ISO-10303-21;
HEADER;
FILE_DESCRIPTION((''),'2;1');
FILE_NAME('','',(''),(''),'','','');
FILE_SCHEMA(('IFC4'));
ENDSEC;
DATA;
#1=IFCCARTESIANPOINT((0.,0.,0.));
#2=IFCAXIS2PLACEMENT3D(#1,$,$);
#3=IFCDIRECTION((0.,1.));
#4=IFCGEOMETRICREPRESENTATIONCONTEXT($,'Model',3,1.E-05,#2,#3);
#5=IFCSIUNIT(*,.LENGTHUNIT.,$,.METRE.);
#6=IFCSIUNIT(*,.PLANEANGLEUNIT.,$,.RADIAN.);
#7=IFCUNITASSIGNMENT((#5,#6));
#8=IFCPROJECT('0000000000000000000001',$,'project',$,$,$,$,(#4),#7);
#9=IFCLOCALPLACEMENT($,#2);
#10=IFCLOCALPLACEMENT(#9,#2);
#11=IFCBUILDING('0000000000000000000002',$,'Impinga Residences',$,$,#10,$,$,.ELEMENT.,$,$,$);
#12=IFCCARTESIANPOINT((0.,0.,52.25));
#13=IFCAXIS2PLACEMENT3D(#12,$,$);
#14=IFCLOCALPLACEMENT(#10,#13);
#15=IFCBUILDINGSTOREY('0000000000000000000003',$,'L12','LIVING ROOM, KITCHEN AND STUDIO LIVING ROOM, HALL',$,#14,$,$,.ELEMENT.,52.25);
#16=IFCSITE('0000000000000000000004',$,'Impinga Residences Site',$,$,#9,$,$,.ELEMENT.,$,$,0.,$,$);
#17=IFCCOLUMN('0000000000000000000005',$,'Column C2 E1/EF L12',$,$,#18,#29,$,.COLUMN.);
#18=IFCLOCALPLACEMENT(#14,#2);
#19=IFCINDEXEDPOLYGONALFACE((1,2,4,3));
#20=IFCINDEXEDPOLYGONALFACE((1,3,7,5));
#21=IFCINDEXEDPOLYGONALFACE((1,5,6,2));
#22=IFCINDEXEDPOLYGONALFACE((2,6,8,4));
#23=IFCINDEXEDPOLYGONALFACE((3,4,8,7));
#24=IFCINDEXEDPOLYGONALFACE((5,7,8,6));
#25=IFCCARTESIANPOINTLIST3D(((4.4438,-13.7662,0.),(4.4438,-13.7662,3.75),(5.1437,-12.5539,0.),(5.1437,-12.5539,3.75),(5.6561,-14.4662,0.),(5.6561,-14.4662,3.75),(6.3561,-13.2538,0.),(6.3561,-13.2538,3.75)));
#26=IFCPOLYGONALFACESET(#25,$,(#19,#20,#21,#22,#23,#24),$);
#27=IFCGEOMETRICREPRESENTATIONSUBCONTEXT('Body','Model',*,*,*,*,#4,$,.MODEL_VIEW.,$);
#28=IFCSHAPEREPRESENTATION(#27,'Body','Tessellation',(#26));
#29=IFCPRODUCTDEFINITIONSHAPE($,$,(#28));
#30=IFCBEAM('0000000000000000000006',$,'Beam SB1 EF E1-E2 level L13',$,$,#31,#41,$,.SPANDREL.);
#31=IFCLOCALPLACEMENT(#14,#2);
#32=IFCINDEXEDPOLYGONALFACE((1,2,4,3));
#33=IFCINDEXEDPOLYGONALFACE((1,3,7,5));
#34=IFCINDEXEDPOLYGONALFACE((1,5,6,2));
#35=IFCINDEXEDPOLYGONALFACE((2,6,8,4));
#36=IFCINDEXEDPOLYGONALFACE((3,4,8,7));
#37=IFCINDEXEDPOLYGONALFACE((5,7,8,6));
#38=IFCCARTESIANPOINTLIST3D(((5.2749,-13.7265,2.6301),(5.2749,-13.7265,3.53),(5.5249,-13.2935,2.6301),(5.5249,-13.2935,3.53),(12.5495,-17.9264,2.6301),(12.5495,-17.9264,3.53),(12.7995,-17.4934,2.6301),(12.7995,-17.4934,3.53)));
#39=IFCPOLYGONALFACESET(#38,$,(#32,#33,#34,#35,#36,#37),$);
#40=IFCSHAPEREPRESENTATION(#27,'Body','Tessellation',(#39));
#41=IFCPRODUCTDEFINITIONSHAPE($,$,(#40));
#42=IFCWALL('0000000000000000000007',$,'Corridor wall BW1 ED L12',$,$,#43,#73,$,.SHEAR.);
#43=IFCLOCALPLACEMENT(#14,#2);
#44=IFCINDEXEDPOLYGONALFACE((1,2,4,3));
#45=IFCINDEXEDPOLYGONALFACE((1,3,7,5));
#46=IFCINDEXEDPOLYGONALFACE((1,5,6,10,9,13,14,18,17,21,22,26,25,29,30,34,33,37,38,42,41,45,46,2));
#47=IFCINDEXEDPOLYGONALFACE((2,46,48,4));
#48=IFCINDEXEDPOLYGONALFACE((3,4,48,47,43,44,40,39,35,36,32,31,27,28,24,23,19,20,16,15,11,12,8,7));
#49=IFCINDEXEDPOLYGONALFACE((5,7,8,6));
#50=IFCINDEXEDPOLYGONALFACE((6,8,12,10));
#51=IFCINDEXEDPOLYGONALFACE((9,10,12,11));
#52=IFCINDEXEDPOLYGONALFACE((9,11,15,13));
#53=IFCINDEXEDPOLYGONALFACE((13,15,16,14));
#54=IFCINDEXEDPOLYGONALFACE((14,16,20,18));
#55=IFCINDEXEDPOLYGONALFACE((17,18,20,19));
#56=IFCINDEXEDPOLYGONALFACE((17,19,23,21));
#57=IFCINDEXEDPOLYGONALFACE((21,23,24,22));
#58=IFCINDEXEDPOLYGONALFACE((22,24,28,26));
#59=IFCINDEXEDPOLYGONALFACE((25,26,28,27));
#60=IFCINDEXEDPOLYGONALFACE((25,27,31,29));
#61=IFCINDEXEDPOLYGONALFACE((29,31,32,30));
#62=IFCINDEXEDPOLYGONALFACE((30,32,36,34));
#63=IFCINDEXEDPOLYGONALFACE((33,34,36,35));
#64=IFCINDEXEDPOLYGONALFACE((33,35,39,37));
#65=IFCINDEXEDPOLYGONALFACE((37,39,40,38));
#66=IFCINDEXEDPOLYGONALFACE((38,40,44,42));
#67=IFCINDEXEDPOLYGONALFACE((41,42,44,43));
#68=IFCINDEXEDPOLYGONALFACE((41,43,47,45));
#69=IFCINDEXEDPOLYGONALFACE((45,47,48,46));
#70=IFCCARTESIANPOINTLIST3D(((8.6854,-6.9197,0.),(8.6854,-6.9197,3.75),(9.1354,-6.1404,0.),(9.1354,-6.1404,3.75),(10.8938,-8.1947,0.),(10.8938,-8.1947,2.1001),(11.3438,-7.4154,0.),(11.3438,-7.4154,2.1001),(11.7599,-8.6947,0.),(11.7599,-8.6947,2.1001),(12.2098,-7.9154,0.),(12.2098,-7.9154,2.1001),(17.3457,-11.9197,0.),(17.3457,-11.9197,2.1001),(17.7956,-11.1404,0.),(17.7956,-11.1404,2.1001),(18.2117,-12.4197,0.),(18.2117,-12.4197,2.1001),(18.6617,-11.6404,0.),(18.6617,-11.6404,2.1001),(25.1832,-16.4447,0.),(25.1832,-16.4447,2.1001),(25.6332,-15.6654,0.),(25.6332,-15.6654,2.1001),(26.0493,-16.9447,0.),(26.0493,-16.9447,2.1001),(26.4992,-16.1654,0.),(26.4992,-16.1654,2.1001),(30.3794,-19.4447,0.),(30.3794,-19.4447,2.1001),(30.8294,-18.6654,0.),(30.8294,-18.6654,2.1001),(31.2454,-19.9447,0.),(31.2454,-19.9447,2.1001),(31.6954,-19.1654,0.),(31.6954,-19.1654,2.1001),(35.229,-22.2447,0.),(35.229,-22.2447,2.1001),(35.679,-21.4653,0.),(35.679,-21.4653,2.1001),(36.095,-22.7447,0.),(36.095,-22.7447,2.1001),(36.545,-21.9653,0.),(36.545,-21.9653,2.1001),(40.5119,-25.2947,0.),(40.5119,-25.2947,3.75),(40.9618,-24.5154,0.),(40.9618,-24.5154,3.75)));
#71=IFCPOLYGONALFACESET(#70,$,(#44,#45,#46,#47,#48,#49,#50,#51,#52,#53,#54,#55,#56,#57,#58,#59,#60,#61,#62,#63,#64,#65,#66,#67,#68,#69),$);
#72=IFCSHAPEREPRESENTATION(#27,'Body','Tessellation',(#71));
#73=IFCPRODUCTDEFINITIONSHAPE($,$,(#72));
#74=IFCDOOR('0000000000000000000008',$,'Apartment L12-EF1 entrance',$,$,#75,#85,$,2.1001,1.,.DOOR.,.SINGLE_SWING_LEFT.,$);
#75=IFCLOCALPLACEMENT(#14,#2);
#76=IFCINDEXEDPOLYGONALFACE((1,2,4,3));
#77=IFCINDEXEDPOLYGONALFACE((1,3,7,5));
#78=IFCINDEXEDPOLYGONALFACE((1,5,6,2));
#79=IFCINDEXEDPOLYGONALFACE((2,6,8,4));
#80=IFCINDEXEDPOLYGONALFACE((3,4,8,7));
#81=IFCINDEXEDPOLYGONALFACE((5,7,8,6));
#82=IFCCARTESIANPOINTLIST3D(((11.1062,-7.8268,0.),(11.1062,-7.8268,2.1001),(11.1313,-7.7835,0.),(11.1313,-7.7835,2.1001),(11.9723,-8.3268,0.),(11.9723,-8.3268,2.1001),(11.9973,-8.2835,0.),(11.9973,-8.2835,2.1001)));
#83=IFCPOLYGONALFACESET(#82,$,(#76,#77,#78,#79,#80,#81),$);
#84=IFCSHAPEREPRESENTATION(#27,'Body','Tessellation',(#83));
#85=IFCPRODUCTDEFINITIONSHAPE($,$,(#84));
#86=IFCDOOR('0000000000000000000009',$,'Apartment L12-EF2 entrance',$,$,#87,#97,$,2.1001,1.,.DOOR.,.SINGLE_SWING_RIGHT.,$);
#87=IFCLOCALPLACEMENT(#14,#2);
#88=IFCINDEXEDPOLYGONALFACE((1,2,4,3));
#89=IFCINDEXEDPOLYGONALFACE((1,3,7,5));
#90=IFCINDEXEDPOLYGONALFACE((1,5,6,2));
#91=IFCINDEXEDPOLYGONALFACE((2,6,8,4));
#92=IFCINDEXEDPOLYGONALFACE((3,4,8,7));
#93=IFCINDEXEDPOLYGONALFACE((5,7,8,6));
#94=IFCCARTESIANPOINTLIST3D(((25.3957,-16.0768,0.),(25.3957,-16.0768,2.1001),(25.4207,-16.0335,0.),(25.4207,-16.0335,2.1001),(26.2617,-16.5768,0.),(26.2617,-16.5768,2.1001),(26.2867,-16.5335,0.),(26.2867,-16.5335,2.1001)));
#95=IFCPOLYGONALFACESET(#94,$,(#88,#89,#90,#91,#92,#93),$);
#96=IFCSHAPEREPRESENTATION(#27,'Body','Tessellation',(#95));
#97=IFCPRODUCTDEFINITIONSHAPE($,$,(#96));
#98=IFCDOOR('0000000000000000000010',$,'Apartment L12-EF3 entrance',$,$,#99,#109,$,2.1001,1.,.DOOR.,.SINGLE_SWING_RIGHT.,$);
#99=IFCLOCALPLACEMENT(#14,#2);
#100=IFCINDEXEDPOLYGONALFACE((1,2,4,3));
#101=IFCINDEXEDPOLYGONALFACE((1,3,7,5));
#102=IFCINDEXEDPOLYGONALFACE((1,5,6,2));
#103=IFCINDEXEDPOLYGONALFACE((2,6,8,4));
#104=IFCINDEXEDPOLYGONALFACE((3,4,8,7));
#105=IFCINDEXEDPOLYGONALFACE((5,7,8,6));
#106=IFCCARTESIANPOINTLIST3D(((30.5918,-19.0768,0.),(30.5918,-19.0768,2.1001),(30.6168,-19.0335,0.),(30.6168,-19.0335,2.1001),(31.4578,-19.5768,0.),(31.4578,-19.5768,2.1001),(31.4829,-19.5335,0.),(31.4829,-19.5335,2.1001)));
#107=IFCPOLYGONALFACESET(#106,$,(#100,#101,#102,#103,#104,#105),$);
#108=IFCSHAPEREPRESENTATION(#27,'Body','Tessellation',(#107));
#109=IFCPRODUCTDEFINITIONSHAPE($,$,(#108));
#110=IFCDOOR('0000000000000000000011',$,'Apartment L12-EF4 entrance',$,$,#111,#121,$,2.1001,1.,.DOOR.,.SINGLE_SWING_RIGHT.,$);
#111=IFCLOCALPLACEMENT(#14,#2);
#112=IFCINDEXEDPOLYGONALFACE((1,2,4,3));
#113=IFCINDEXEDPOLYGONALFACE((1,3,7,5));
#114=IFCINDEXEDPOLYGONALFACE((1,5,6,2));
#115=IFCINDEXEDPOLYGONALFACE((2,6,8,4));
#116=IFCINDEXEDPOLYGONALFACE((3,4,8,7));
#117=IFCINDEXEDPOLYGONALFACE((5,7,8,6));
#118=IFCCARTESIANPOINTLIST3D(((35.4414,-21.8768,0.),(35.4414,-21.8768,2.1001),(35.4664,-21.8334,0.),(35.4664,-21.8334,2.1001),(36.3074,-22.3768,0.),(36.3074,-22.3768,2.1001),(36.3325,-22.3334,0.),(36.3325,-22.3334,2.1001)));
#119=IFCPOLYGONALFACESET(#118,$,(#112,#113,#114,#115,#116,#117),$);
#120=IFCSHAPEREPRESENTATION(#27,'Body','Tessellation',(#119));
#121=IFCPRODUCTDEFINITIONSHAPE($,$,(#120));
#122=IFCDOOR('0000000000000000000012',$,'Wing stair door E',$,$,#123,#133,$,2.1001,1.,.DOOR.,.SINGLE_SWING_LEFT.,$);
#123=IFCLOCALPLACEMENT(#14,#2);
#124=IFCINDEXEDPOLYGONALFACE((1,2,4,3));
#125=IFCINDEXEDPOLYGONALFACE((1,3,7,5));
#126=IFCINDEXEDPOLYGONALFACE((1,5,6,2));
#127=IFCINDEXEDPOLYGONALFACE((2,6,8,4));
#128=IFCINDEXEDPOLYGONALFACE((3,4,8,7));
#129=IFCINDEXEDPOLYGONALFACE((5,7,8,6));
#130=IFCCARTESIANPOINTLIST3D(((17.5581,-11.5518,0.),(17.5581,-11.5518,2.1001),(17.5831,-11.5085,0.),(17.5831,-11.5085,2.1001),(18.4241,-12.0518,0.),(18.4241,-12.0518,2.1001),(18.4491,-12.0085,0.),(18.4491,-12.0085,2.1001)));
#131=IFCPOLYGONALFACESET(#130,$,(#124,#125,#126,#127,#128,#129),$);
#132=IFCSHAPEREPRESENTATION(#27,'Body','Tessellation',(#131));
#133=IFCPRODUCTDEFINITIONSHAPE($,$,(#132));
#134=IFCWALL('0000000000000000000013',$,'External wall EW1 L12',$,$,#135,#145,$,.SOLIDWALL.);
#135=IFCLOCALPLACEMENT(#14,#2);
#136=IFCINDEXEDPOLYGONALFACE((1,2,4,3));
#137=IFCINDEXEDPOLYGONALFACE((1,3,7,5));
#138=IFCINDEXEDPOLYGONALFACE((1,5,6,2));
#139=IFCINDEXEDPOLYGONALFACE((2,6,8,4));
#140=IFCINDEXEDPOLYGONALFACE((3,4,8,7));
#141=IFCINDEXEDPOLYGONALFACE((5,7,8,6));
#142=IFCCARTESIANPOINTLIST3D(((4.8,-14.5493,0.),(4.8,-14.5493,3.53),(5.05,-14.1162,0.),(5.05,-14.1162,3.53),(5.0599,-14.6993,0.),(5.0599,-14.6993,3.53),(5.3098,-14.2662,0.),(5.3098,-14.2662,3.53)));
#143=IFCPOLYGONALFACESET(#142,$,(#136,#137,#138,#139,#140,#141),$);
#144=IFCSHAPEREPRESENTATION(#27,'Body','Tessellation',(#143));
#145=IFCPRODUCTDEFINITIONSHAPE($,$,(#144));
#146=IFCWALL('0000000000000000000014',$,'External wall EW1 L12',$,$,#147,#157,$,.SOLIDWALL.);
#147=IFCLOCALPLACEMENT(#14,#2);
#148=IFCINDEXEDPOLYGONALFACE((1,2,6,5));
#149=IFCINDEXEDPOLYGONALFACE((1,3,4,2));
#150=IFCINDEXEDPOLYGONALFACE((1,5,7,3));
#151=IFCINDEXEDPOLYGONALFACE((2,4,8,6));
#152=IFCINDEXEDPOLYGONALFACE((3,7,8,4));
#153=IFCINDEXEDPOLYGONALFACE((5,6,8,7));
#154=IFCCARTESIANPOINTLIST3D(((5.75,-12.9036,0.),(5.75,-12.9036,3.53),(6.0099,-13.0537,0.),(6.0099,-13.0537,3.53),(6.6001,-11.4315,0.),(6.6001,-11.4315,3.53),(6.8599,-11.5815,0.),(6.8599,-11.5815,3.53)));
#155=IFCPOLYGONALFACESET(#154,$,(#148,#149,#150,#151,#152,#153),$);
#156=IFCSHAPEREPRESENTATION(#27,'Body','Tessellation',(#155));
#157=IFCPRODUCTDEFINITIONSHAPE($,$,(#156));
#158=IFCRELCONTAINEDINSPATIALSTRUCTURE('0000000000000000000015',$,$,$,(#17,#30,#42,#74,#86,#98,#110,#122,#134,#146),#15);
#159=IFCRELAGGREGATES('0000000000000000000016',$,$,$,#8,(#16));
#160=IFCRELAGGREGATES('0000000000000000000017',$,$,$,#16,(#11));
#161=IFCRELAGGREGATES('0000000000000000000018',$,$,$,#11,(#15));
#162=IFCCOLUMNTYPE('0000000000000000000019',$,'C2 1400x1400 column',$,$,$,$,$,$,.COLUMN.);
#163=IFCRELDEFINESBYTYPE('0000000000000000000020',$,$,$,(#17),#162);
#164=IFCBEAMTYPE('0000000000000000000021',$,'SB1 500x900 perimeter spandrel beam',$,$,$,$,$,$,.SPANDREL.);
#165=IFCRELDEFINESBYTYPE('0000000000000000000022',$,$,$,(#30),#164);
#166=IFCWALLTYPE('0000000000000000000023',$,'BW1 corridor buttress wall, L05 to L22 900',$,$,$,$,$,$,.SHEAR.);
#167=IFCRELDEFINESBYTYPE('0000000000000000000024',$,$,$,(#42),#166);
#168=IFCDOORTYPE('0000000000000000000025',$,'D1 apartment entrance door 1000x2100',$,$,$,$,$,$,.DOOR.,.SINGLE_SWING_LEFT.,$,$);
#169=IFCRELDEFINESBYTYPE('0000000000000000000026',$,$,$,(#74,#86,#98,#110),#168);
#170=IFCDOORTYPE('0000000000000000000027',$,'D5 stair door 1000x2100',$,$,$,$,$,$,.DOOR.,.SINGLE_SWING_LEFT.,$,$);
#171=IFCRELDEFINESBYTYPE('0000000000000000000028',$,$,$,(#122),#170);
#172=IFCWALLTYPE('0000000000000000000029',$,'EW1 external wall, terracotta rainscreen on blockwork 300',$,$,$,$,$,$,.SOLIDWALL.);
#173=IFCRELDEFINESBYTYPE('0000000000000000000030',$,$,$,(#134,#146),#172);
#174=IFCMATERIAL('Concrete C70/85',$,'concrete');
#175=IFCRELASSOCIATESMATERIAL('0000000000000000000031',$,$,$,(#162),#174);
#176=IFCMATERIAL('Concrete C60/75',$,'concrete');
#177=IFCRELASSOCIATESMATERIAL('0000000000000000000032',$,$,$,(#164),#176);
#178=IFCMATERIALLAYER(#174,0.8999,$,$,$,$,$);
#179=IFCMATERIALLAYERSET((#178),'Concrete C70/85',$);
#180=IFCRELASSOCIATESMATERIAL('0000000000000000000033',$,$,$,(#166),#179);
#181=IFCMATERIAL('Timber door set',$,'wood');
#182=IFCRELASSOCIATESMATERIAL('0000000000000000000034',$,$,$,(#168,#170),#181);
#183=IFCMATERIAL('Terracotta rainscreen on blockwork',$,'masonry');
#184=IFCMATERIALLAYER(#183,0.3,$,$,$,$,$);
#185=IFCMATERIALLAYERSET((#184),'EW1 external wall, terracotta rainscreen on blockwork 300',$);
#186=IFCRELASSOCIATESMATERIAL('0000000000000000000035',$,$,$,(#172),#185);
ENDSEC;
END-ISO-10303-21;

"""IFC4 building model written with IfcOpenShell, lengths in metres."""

from ifc_helpers import new_model, si_unit, direction, frame, frame_2d, origin, origin_2d, place, context, subcontext, project, spatial, rectangle, extrude, material, layer, layer_set, material_profile, profile_set, type_object, element, fill, save


model = new_model("IFC4")

# Units and contexts
model_context = context("Model", 3, precision=1e-05, world=origin(), true_north=direction((0.0, 1.0)))
body_context = subcontext(model_context, "Body", "Model", "MODEL_VIEW")
ifc_project = project(units=[si_unit("LENGTHUNIT", "METRE"), si_unit("PLANEANGLEUNIT", "RADIAN")], contexts=[model_context])

# Site, building, storey
site_placement = place(None, origin())
site = spatial("IfcSite", under=ifc_project, at=site_placement, Name="Impinga Residences Site", CompositionType="ELEMENT", RefElevation=0.0)
building_placement = place(site_placement, origin())
building = spatial("IfcBuilding", under=site, at=building_placement, Name="Impinga Residences", CompositionType="ELEMENT")
storey_placement = place(building_placement, frame((0.0, 0.0, 52.25)))
storey = spatial("IfcBuildingStorey", under=building, at=storey_placement, Name="L12", Description="LIVING ROOM, KITCHEN AND STUDIO LIVING ROOM, HALL", CompositionType="ELEMENT", Elevation=52.25)

# Column
ifc_material_1 = material(Name="Concrete C70/85", Category="concrete")
ifc_material_profile_1 = material_profile(ifc_material_1, rectangle(XDim=1.3999, YDim=1.3999, at=origin_2d()), Name="RC 1400x1400")
ifc_profile_set_1 = profile_set([ifc_material_profile_1], Name="Concrete C70/85")
column_type = type_object("IfcColumnType", Name="C2 1400x1400 column", PredefinedType="COLUMN", material=ifc_profile_set_1)
column_placement = place(storey_placement, frame((5.3999, -13.51, 0.0), z_axis=(0.0, 0.0, 1.0), x_axis=(-0.5, -0.866025, 0.0)))
element("IfcColumn", 1, at=column_placement, inside=storey, type_object=column_type, Name="Column C2 E1/EF L12", PredefinedType="COLUMN", context=body_context, shape_type="SweptSolid", body=[
    extrude(rectangle(XDim=1.3999, YDim=1.3999, at=origin_2d()), origin(), (0.0, 0.0, 1.0), 3.75),
])

# Beam
ifc_material_2 = material(Name="Concrete C60/75", Category="concrete")
ifc_material_profile_2 = material_profile(ifc_material_2, rectangle(XDim=0.5, YDim=0.8999, at=origin_2d()), Name="RC 500x900")
ifc_profile_set_2 = profile_set([ifc_material_profile_2], Name="Concrete C60/75")
beam_type = type_object("IfcBeamType", Name="SB1 500x900 perimeter spandrel beam", PredefinedType="SPANDREL", material=ifc_profile_set_2)
beam_placement = place(storey_placement, frame((5.3999, -13.51, 3.0801), z_axis=(0.866029, -0.499993, 0.0), x_axis=(0.499993, 0.866029, 0.0)))
element("IfcBeam", 2, at=beam_placement, inside=storey, type_object=beam_type, Name="Beam SB1 EF E1-E2 level L13", PredefinedType="SPANDREL", context=body_context, shape_type="SweptSolid", body=[
    extrude(rectangle(XDim=0.5, YDim=0.8999, at=origin_2d()), origin(), (0.0, 0.0, 1.0), 8.3999),
])

# Wall, openings, doors
ifc_layer_1 = layer(ifc_material_1, 0.8999)
ifc_layer_set_1 = layer_set([ifc_layer_1], Name="Concrete C70/85")
wall_type_1 = type_object("IfcWallType", Name="BW1 corridor buttress wall, L05 to L22 900", PredefinedType="SHEAR", material=ifc_layer_set_1)
wall_1_placement = place(storey_placement, frame((8.9104, -6.53, 0.0), z_axis=(0.0, 0.0, 1.0), x_axis=(0.866025, -0.5, 0.0)))
wall_1 = element("IfcWall", 3, at=wall_1_placement, inside=storey, type_object=wall_type_1, Name="Corridor wall BW1 ED L12", PredefinedType="SHEAR", context=body_context, shape_type="SweptSolid", body=[
    extrude(rectangle(XDim=36.75, YDim=0.8999, at=frame_2d((18.375, 0.0))), origin(), (0.0, 0.0, 1.0), 3.75),
])
opening_1_placement = place(wall_1_placement, frame((10.0, 0.0, 0.0)))
opening_1 = element("IfcOpeningElement", 4, at=opening_1_placement, cuts=wall_1, PredefinedType="OPENING", context=body_context, shape_type="SweptSolid", body=[
    extrude(rectangle(XDim=1.0, YDim=2.1001, at=frame_2d((0.5, 1.05))), frame((0.0, 0.46, 0.0), z_axis=(0.0, -1.0, 0.0), x_axis=(1.0, 0.0, 0.0)), (0.0, 0.0, 1.0), 0.9199),
])
opening_2_placement = place(wall_1_placement, frame((2.55, 0.0, 0.0)))
opening_2 = element("IfcOpeningElement", 5, at=opening_2_placement, cuts=wall_1, PredefinedType="OPENING", context=body_context, shape_type="SweptSolid", body=[
    extrude(rectangle(XDim=1.0, YDim=2.1001, at=frame_2d((0.5, 1.05))), frame((0.0, 0.46, 0.0), z_axis=(0.0, -1.0, 0.0), x_axis=(1.0, 0.0, 0.0)), (0.0, 0.0, 1.0), 0.9199),
])
opening_3_placement = place(wall_1_placement, frame((19.05, 0.0, 0.0)))
opening_3 = element("IfcOpeningElement", 6, at=opening_3_placement, cuts=wall_1, PredefinedType="OPENING", context=body_context, shape_type="SweptSolid", body=[
    extrude(rectangle(XDim=1.0, YDim=2.1001, at=frame_2d((0.5, 1.05))), frame((0.0, 0.46, 0.0), z_axis=(0.0, -1.0, 0.0), x_axis=(1.0, 0.0, 0.0)), (0.0, 0.0, 1.0), 0.9199),
])
opening_4_placement = place(wall_1_placement, frame((25.05, 0.0, 0.0)))
opening_4 = element("IfcOpeningElement", 7, at=opening_4_placement, cuts=wall_1, PredefinedType="OPENING", context=body_context, shape_type="SweptSolid", body=[
    extrude(rectangle(XDim=1.0, YDim=2.1001, at=frame_2d((0.5, 1.05))), frame((0.0, 0.46, 0.0), z_axis=(0.0, -1.0, 0.0), x_axis=(1.0, 0.0, 0.0)), (0.0, 0.0, 1.0), 0.9199),
])
opening_5_placement = place(wall_1_placement, frame((30.6499, 0.0, 0.0)))
opening_5 = element("IfcOpeningElement", 8, at=opening_5_placement, cuts=wall_1, PredefinedType="OPENING", context=body_context, shape_type="SweptSolid", body=[
    extrude(rectangle(XDim=1.0, YDim=2.1001, at=frame_2d((0.5, 1.05))), frame((0.0, 0.46, 0.0), z_axis=(0.0, -1.0, 0.0), x_axis=(1.0, 0.0, 0.0)), (0.0, 0.0, 1.0), 0.9199),
])
ifc_material_3 = material(Name="Timber door set", Category="wood")
door_type_1 = type_object("IfcDoorType", Name="D1 apartment entrance door 1000x2100", OperationType="SINGLE_SWING_LEFT", PredefinedType="DOOR", material=ifc_material_3)
door_1_placement = place(opening_2_placement, origin())
door_1 = element("IfcDoor", 9, at=door_1_placement, inside=storey, type_object=door_type_1, Name="Apartment L12-EF1 entrance", OperationType="SINGLE_SWING_LEFT", OverallHeight=2.1001, OverallWidth=1.0, PredefinedType="DOOR", context=body_context, shape_type="SweptSolid", body=[
    extrude(rectangle(XDim=1.0, YDim=2.1001, at=frame_2d((0.5, 1.05))), frame((0.0, 0.0249, 0.0), z_axis=(0.0, -1.0, 0.0), x_axis=(1.0, 0.0, 0.0)), (0.0, 0.0, 1.0), 0.05),
])
fill(opening_2, door_1)
door_2_placement = place(opening_3_placement, origin())
door_2 = element("IfcDoor", 10, at=door_2_placement, inside=storey, type_object=door_type_1, Name="Apartment L12-EF2 entrance", OperationType="SINGLE_SWING_RIGHT", OverallHeight=2.1001, OverallWidth=1.0, PredefinedType="DOOR", context=body_context, shape_type="SweptSolid", body=[
    extrude(rectangle(XDim=1.0, YDim=2.1001, at=frame_2d((0.5, 1.05))), frame((0.0, 0.0249, 0.0), z_axis=(0.0, -1.0, 0.0), x_axis=(1.0, 0.0, 0.0)), (0.0, 0.0, 1.0), 0.05),
])
fill(opening_3, door_2)
door_3_placement = place(opening_4_placement, origin())
door_3 = element("IfcDoor", 11, at=door_3_placement, inside=storey, type_object=door_type_1, Name="Apartment L12-EF3 entrance", OperationType="SINGLE_SWING_RIGHT", OverallHeight=2.1001, OverallWidth=1.0, PredefinedType="DOOR", context=body_context, shape_type="SweptSolid", body=[
    extrude(rectangle(XDim=1.0, YDim=2.1001, at=frame_2d((0.5, 1.05))), frame((0.0, 0.0249, 0.0), z_axis=(0.0, -1.0, 0.0), x_axis=(1.0, 0.0, 0.0)), (0.0, 0.0, 1.0), 0.05),
])
fill(opening_4, door_3)
door_4_placement = place(opening_5_placement, origin())
door_4 = element("IfcDoor", 12, at=door_4_placement, inside=storey, type_object=door_type_1, Name="Apartment L12-EF4 entrance", OperationType="SINGLE_SWING_RIGHT", OverallHeight=2.1001, OverallWidth=1.0, PredefinedType="DOOR", context=body_context, shape_type="SweptSolid", body=[
    extrude(rectangle(XDim=1.0, YDim=2.1001, at=frame_2d((0.5, 1.05))), frame((0.0, 0.0249, 0.0), z_axis=(0.0, -1.0, 0.0), x_axis=(1.0, 0.0, 0.0)), (0.0, 0.0, 1.0), 0.05),
])
fill(opening_5, door_4)
door_type_2 = type_object("IfcDoorType", Name="D5 stair door 1000x2100", OperationType="SINGLE_SWING_LEFT", PredefinedType="DOOR", material=ifc_material_3)
door_5_placement = place(opening_1_placement, origin())
door_5 = element("IfcDoor", 13, at=door_5_placement, inside=storey, type_object=door_type_2, Name="Wing stair door E", OperationType="SINGLE_SWING_LEFT", OverallHeight=2.1001, OverallWidth=1.0, PredefinedType="DOOR", context=body_context, shape_type="SweptSolid", body=[
    extrude(rectangle(XDim=1.0, YDim=2.1001, at=frame_2d((0.5, 1.05))), frame((0.0, 0.0249, 0.0), z_axis=(0.0, -1.0, 0.0), x_axis=(1.0, 0.0, 0.0)), (0.0, 0.0, 1.0), 0.05),
])
fill(opening_1, door_5)

# Walls
ifc_material_4 = material(Name="Terracotta rainscreen on blockwork", Category="masonry")
ifc_layer_2 = layer(ifc_material_4, 0.3)
ifc_layer_set_2 = layer_set([ifc_layer_2], Name="EW1 external wall, terracotta rainscreen on blockwork 300")
wall_type_2 = type_object("IfcWallType", Name="EW1 external wall, terracotta rainscreen on blockwork 300", PredefinedType="SOLIDWALL", material=ifc_layer_set_2)
wall_2_placement = place(storey_placement, frame((4.9299, -14.6243, 0.0), z_axis=(0.0, 0.0, 1.0), x_axis=(0.49992, 0.866072, 0.0)))
element("IfcWall", 14, at=wall_2_placement, inside=storey, type_object=wall_type_2, Name="External wall EW1 L12", PredefinedType="SOLIDWALL", context=body_context, shape_type="SweptSolid", body=[
    extrude(rectangle(XDim=0.5, YDim=0.3, at=frame_2d((0.25, 0.0))), origin(), (0.0, 0.0, 1.0), 3.53),
])
wall_3_placement = place(storey_placement, frame((5.8799, -12.9788, 0.0), z_axis=(0.0, 0.0, 1.0), x_axis=(0.500062, 0.865989, 0.0)))
element("IfcWall", 15, at=wall_3_placement, inside=storey, type_object=wall_type_2, Name="External wall EW1 L12", PredefinedType="SOLIDWALL", context=body_context, shape_type="SweptSolid", body=[
    extrude(rectangle(XDim=1.7, YDim=0.3, at=frame_2d((0.8501, 0.0))), origin(), (0.0, 0.0, 1.0), 3.53),
])

save(model, "model.ifc")
